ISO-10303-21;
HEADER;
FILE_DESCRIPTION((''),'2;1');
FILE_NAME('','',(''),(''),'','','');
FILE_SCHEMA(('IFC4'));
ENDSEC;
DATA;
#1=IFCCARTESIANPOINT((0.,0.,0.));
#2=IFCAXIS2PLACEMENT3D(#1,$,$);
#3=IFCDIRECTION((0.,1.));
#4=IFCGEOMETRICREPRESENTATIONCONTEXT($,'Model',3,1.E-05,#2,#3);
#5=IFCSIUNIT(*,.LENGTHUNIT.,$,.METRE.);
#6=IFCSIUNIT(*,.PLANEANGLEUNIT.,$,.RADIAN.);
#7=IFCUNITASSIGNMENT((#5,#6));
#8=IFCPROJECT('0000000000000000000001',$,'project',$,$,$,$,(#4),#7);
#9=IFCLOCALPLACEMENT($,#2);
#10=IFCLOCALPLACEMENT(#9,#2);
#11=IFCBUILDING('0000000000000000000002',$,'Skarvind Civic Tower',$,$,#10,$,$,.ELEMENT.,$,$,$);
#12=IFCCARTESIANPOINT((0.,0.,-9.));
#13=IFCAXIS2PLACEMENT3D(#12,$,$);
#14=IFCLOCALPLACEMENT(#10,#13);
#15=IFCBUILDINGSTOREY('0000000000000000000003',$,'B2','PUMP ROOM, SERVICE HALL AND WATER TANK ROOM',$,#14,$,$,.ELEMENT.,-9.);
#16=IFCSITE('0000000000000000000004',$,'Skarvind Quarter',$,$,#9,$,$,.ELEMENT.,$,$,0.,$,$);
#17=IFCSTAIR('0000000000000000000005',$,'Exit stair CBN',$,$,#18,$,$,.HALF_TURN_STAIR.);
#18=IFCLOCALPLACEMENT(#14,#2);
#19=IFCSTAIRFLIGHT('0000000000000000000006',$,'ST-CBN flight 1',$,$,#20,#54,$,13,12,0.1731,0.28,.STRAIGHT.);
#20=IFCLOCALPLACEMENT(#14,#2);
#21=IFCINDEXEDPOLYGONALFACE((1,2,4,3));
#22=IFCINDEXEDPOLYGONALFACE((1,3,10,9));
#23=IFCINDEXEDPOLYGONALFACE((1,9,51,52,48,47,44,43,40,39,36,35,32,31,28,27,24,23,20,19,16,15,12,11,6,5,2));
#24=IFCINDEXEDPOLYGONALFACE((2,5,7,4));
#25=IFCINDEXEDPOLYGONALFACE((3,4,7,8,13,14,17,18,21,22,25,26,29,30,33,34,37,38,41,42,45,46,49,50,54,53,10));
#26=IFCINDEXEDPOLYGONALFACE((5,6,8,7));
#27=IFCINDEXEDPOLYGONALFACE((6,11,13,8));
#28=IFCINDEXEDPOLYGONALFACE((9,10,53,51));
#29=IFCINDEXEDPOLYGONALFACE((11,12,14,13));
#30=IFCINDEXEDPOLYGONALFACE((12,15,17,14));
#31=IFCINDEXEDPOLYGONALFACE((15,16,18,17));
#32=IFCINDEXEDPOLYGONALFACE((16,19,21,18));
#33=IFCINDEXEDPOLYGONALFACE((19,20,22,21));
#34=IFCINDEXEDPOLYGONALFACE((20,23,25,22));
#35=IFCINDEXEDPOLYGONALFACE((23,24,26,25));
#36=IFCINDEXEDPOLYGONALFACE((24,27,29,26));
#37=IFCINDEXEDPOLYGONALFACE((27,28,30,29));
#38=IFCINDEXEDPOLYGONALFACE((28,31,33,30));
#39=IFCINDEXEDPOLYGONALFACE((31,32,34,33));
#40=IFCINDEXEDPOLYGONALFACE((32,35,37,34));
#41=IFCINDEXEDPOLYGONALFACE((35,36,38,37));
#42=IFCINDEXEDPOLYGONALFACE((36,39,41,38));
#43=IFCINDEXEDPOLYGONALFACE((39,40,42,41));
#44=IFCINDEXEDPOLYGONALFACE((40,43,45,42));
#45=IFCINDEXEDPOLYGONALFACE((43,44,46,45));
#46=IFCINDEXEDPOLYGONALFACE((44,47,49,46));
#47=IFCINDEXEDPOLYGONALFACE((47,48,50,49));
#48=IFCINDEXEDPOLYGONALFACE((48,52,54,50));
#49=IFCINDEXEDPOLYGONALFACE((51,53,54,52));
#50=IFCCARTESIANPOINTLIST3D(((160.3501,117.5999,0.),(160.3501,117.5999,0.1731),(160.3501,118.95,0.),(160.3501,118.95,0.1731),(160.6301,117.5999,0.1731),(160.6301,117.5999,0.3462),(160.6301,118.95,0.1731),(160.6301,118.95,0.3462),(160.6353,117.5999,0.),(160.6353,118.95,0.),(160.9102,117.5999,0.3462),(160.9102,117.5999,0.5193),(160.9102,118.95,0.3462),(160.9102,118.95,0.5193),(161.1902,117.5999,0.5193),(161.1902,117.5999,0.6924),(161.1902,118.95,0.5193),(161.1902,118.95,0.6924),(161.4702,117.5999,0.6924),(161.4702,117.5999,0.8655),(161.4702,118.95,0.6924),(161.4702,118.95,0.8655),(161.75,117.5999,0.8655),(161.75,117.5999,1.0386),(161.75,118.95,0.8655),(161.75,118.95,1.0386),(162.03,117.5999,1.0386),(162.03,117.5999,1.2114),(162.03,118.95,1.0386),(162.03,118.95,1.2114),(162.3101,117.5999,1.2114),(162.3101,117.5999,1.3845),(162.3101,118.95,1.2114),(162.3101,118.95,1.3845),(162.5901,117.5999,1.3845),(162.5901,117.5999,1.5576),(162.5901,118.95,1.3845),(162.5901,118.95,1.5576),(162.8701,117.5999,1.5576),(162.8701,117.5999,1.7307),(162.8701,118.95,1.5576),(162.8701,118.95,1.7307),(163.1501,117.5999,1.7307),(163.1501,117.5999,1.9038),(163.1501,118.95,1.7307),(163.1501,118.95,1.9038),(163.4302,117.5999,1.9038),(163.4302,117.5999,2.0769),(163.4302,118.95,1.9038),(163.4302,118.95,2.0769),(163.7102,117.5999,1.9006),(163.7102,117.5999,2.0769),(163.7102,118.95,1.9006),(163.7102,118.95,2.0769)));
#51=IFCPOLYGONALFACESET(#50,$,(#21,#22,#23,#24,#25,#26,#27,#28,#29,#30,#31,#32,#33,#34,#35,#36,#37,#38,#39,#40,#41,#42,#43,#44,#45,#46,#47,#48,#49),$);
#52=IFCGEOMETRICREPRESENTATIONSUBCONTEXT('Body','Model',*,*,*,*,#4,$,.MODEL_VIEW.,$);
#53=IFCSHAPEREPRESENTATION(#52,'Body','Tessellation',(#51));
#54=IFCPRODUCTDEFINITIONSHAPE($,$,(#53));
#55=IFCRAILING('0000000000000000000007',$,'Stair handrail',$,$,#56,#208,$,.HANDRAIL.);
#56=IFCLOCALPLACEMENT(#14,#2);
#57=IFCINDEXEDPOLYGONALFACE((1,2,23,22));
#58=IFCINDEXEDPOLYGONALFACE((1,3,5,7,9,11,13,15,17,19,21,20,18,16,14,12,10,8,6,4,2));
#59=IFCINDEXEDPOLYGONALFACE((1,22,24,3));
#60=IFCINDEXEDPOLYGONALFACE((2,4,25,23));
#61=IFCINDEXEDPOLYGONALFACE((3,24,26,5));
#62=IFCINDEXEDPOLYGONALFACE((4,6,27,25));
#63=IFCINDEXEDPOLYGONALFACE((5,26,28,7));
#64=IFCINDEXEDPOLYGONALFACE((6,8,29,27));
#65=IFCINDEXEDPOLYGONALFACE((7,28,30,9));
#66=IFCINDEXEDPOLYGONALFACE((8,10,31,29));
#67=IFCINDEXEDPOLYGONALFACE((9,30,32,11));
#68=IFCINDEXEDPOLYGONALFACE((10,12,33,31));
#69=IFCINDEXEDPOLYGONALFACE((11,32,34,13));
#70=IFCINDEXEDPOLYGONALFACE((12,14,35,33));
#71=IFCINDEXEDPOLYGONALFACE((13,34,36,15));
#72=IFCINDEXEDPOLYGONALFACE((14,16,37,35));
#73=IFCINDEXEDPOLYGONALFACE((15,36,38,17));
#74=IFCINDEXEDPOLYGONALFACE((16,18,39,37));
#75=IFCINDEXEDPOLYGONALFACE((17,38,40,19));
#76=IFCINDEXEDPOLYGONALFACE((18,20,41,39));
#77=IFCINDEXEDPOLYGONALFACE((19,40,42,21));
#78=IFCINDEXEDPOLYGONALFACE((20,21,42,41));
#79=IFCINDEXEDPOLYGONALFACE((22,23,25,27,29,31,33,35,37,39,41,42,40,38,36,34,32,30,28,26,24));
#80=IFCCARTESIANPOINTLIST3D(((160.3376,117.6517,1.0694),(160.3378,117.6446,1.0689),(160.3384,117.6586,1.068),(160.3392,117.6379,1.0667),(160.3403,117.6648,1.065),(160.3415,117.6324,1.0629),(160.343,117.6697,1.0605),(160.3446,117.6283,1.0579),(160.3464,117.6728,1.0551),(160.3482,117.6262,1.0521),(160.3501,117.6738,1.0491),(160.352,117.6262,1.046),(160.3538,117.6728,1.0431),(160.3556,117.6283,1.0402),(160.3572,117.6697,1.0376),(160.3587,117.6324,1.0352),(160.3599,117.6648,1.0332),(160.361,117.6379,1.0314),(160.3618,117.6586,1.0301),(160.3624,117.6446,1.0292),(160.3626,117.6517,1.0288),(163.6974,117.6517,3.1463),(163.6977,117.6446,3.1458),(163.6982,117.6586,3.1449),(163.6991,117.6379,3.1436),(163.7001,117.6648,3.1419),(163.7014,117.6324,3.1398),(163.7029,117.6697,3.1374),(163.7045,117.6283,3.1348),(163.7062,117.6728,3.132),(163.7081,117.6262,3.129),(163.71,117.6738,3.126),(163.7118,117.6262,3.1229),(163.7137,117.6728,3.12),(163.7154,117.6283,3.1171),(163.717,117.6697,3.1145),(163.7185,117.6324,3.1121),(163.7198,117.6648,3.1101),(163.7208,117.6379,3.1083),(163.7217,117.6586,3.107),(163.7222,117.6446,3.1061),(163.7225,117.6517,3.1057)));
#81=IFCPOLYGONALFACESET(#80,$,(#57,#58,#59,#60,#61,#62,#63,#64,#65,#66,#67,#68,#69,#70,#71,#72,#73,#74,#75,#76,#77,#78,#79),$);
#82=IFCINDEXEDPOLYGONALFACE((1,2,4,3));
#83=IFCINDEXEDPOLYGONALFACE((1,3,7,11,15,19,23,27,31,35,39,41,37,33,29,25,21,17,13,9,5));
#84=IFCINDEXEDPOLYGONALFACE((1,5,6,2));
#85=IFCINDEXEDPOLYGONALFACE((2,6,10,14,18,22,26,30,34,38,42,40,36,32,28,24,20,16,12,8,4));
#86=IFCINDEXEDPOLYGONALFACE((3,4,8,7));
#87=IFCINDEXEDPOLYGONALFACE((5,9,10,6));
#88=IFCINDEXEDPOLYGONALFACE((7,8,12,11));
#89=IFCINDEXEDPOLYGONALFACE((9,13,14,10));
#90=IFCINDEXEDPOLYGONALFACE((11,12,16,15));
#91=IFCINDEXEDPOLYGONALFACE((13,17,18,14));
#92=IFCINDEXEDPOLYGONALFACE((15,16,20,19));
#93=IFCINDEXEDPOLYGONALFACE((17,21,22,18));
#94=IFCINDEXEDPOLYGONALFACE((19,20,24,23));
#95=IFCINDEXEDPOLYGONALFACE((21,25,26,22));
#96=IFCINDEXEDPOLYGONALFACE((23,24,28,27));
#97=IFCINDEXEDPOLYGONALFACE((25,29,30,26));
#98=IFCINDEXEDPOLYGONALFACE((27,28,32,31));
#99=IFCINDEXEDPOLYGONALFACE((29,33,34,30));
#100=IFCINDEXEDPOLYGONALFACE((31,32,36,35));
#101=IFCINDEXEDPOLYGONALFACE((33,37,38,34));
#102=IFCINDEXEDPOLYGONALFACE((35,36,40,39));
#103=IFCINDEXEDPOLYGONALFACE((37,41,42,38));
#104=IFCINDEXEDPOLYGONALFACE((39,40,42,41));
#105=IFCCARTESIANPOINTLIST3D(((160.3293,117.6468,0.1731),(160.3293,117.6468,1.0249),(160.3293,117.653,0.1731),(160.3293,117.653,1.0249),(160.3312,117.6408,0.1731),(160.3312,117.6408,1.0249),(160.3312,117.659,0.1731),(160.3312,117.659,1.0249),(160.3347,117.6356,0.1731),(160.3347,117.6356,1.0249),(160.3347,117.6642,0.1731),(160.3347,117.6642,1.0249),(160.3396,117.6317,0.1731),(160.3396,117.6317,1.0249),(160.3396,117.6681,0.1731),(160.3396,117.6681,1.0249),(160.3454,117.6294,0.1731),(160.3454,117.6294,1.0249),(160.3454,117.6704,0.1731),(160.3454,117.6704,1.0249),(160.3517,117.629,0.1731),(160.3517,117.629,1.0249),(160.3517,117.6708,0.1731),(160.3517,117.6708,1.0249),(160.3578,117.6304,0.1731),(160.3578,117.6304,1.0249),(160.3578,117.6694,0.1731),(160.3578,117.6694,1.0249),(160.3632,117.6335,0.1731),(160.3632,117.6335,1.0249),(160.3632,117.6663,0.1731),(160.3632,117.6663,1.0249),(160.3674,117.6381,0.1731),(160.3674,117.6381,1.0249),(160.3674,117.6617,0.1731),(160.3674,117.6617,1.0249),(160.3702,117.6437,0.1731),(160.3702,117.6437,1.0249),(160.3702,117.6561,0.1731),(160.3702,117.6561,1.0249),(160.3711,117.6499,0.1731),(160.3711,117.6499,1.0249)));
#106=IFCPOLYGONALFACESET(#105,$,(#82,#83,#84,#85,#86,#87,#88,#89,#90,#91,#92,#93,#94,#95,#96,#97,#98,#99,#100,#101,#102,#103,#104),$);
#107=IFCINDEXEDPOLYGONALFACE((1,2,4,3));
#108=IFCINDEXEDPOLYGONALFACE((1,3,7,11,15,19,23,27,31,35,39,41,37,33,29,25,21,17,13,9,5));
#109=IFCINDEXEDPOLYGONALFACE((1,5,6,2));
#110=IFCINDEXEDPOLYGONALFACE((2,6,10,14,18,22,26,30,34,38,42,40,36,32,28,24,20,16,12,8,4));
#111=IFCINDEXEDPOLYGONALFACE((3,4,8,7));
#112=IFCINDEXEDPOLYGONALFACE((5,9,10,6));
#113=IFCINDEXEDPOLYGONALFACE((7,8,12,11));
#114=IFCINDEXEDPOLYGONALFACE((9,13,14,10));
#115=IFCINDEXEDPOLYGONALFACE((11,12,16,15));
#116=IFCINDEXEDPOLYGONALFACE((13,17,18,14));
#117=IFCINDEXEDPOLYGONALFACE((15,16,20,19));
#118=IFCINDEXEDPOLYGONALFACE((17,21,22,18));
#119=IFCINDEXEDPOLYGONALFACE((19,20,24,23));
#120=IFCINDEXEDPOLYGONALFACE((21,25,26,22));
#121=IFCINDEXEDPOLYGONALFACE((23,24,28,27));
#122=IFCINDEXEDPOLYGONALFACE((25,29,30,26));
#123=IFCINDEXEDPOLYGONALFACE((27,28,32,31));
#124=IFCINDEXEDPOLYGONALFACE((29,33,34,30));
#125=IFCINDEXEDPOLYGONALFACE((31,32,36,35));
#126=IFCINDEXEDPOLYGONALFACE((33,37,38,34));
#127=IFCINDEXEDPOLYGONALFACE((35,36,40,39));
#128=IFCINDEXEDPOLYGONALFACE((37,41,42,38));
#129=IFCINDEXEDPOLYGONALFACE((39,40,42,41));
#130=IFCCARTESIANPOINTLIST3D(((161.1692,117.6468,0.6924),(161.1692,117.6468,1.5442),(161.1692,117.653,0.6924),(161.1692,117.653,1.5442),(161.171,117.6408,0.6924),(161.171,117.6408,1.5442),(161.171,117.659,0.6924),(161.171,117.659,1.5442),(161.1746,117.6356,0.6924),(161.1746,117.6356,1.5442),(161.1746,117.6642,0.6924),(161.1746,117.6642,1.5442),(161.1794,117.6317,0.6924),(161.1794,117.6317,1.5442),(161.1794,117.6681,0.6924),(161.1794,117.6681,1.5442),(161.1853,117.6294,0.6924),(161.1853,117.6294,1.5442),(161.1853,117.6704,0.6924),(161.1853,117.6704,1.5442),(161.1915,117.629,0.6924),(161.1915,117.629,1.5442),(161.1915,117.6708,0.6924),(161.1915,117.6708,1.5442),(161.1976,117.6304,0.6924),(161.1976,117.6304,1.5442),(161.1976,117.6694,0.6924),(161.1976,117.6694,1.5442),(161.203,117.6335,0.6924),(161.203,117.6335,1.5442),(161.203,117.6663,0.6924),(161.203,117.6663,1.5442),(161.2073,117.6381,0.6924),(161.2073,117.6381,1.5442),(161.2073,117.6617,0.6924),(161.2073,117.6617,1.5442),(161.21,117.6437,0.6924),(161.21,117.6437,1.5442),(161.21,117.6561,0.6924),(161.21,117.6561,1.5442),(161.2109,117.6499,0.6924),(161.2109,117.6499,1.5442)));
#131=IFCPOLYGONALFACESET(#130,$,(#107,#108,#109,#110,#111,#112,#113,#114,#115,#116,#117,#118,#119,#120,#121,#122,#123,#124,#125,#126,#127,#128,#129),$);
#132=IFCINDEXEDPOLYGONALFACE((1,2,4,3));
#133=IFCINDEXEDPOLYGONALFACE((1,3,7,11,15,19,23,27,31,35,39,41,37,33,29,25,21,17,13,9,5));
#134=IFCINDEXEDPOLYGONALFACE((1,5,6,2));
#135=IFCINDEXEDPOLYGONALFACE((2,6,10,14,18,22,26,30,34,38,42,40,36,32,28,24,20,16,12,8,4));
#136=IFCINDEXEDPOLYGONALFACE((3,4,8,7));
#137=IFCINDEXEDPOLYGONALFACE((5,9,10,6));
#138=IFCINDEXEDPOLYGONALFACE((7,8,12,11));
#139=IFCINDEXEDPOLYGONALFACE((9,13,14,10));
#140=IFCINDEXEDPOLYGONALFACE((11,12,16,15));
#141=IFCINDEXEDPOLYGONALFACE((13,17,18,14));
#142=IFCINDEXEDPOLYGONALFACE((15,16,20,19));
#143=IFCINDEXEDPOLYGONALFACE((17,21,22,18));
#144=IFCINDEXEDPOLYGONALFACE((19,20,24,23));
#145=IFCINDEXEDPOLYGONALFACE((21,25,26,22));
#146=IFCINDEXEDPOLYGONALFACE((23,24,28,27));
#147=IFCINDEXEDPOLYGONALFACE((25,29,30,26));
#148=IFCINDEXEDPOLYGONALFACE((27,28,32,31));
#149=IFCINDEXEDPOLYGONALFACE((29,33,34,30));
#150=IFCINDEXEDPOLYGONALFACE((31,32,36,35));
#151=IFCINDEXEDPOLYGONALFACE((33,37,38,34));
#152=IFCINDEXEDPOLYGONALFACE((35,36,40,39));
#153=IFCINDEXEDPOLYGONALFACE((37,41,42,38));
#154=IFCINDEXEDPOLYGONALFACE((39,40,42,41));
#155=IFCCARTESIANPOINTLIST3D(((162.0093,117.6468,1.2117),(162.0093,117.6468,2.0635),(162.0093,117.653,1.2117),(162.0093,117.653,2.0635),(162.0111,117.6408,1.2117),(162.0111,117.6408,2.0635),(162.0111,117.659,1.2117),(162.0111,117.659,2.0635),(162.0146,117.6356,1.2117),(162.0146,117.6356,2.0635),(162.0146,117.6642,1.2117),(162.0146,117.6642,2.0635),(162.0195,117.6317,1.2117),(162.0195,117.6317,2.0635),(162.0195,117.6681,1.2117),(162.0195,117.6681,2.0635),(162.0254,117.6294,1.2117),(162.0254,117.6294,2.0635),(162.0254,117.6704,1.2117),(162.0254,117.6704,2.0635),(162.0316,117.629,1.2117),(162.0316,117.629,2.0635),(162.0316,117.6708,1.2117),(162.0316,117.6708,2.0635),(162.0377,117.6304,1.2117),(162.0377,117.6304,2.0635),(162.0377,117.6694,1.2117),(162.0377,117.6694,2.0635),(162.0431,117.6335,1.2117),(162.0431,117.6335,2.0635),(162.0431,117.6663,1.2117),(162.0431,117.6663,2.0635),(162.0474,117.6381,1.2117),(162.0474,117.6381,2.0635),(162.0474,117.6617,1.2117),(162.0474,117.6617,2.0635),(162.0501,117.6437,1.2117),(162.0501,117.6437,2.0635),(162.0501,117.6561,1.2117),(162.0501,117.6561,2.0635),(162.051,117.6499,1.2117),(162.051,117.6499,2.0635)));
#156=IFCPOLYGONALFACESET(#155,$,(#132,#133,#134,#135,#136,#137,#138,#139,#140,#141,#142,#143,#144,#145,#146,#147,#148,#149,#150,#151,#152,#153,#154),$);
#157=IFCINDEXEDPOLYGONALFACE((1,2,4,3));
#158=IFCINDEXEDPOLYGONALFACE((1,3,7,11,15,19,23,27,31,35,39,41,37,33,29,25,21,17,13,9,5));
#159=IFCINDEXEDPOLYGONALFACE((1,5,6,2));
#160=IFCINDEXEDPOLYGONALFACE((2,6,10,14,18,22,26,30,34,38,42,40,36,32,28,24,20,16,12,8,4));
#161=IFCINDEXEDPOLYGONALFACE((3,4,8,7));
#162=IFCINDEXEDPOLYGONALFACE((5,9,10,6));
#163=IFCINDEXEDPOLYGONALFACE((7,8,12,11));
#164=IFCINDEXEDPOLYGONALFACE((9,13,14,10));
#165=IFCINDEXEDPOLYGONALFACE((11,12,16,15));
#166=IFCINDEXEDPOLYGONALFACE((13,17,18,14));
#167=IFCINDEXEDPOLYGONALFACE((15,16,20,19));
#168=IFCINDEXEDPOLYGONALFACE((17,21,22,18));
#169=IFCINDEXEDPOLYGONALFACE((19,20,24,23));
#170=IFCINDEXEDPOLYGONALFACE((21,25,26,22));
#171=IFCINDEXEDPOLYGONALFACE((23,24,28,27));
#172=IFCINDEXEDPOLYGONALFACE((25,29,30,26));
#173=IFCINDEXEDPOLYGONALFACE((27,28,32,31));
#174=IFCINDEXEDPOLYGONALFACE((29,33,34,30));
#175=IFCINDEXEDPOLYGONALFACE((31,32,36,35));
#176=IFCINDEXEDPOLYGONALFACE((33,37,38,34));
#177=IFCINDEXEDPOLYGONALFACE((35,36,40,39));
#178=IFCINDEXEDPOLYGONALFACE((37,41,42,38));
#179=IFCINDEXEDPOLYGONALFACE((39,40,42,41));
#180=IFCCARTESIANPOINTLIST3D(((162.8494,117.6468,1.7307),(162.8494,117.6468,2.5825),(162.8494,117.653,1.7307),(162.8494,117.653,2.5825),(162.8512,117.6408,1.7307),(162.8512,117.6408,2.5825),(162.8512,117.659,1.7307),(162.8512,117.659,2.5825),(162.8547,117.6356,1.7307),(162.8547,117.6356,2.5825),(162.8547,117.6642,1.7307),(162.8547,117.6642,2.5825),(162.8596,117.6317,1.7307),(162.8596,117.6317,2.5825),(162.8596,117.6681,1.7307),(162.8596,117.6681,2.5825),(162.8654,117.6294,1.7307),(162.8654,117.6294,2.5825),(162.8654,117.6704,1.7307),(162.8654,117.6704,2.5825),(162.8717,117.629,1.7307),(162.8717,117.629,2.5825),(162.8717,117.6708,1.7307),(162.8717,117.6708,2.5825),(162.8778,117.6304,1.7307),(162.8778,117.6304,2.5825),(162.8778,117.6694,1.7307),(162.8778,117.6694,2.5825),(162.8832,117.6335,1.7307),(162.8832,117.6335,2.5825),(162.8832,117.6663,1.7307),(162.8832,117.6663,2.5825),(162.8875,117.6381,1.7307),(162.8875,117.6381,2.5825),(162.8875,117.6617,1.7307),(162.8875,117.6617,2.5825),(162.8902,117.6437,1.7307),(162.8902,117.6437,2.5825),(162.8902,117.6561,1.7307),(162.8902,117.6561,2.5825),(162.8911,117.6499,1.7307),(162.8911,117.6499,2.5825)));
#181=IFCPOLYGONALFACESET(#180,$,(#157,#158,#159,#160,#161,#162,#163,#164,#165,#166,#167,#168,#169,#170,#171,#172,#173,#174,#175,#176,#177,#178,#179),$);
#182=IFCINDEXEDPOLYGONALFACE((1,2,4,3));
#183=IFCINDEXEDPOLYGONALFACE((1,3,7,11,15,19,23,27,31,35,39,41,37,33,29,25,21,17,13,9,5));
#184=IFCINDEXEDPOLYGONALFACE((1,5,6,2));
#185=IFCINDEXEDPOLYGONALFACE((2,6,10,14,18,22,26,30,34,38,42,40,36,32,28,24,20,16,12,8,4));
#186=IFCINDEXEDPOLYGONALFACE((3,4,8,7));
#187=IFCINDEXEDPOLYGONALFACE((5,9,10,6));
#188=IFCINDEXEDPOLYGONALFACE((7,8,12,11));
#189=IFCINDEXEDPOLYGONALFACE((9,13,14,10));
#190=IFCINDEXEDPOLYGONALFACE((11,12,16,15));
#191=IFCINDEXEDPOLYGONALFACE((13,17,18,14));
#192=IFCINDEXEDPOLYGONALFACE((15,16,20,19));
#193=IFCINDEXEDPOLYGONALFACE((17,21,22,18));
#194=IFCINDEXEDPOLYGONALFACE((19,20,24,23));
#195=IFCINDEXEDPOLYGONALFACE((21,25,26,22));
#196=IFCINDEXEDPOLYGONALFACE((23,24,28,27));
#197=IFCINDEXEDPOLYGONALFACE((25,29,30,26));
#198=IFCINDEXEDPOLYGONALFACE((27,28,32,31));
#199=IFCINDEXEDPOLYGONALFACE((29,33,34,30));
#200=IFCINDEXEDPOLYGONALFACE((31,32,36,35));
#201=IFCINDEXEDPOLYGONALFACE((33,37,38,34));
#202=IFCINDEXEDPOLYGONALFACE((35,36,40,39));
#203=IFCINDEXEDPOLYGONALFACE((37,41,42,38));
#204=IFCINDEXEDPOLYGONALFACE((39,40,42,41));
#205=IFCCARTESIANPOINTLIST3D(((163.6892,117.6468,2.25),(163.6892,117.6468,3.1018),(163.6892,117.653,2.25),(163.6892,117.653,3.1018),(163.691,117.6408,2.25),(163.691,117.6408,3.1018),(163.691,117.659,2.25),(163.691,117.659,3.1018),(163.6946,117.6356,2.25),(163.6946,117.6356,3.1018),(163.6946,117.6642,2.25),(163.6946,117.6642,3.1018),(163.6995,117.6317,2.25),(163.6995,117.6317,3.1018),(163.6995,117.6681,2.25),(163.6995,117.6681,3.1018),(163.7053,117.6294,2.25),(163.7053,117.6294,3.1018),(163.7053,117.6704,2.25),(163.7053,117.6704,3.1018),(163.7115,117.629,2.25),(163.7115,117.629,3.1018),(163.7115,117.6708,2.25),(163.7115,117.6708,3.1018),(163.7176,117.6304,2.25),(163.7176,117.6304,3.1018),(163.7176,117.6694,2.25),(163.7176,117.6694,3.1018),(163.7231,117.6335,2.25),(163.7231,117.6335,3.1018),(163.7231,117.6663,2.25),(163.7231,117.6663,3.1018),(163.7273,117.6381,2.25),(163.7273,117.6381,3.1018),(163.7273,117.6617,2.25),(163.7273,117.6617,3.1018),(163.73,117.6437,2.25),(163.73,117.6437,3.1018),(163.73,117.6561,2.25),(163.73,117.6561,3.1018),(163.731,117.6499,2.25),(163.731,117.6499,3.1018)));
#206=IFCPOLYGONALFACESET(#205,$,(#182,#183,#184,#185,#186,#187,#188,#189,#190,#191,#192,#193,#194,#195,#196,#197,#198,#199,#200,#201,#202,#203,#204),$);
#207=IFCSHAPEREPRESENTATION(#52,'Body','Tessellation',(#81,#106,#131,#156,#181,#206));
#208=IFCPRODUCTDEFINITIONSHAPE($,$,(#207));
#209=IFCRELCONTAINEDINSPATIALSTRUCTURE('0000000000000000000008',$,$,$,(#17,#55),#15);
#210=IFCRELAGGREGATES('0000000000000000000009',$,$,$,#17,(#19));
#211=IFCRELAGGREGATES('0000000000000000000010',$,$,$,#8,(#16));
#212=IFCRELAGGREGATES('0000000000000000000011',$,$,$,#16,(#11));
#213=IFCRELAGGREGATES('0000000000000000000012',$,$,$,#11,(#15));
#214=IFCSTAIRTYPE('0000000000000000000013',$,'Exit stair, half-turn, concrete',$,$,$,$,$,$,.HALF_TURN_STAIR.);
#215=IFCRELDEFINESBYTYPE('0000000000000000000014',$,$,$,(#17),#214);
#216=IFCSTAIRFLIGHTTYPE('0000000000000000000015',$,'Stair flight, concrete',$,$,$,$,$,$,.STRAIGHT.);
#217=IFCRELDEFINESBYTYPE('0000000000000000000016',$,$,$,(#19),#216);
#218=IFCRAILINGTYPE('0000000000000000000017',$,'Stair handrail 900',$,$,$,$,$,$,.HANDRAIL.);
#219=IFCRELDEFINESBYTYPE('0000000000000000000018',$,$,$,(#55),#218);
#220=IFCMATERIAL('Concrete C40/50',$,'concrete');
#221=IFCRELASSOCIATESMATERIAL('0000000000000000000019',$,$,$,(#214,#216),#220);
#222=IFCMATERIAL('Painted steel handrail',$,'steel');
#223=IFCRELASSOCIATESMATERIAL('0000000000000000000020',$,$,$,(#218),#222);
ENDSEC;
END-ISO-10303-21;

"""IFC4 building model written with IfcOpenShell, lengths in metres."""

from ifc_helpers import new_model, si_unit, direction, frame, origin, origin_2d, place, context, subcontext, project, spatial, polyline, circle, outline, extrude, material, type_object, element, aggregate, save


model = new_model("IFC4")

# Units and contexts
model_context = context("Model", 3, precision=1e-05, world=origin(), true_north=direction((0.0, 1.0)))
body_context = subcontext(model_context, "Body", "Model", "MODEL_VIEW")
ifc_project = project(units=[si_unit("LENGTHUNIT", "METRE"), si_unit("PLANEANGLEUNIT", "RADIAN")], contexts=[model_context])

# Site, building, storey
site_placement = place(None, origin())
site = spatial("IfcSite", under=ifc_project, at=site_placement, Name="Skarvind Quarter", CompositionType="ELEMENT", RefElevation=0.0)
building_placement = place(site_placement, origin())
building = spatial("IfcBuilding", under=site, at=building_placement, Name="Skarvind Civic Tower", CompositionType="ELEMENT")
storey_placement = place(building_placement, frame((0.0, 0.0, -9.0)))
storey = spatial("IfcBuildingStorey", under=building, at=storey_placement, Name="B2", Description="PUMP ROOM, SERVICE HALL AND WATER TANK ROOM", CompositionType="ELEMENT", Elevation=-9.0)

# Stair, stair flight
ifc_material_1 = material(Name="Concrete C40/50", Category="concrete")
stair_type = type_object("IfcStairType", Name="Exit stair, half-turn, concrete", PredefinedType="HALF_TURN_STAIR", material=ifc_material_1)
stair_placement = place(storey_placement, origin())
stair = element("IfcStair", 1, at=stair_placement, inside=storey, type_object=stair_type, Name="Exit stair CBN", PredefinedType="HALF_TURN_STAIR")
stair_flight_type = type_object("IfcStairFlightType", Name="Stair flight, concrete", PredefinedType="STRAIGHT", material=ifc_material_1)
stair_flight_placement = place(storey_placement, frame((160.3501, 118.2749, 0.0), z_axis=(0.0, 0.0, 1.0), x_axis=(1.0, 0.0, 0.0)))
stair_flight = element("IfcStairFlight", 2, at=stair_flight_placement, type_object=stair_flight_type, Name="ST-CBN flight 1", NumberOfRisers=13, NumberOfTreads=12, PredefinedType="STRAIGHT", RiserHeight=0.1731, TreadLength=0.28, context=body_context, shape_type="SweptSolid", body=[
    extrude(outline(polyline([(0.0, 0.0), (0.0, 0.1731), (0.28, 0.1731), (0.28, 0.3462), (0.5601, 0.3462), (0.5601, 0.5193), (0.8401, 0.5193), (0.8401, 0.6924), (1.1201, 0.6924), (1.1201, 0.8655), (1.3999, 0.8655), (1.3999, 1.0386), (1.6799, 1.0386), (1.6799, 1.2114), (1.96, 1.2114), (1.96, 1.3845), (2.24, 1.3845), (2.24, 1.5576), (2.52, 1.5576), (2.52, 1.7307), (2.8, 1.7307), (2.8, 1.9038), (3.0801, 1.9038), (3.0801, 2.0769), (3.3601, 2.0769), (3.3601, 2.25), (3.3601, 1.9006), (0.2852, 0.0), (0.0, 0.0)])), frame((0.0, 0.675, 0.0), z_axis=(0.0, -1.0, 0.0), x_axis=(1.0, 0.0, 0.0)), (0.0, 0.0, 1.0), 1.3501),
])
aggregate(stair, [stair_flight])

# Railing
ifc_material_2 = material(Name="Painted steel handrail", Category="steel")
railing_type = type_object("IfcRailingType", Name="Stair handrail 900", PredefinedType="HANDRAIL", material=ifc_material_2)
railing_placement = place(storey_placement, frame((160.3501, 117.6499, 0.1731)))
element("IfcRailing", 3, at=railing_placement, inside=storey, type_object=railing_type, Name="Stair handrail", PredefinedType="HANDRAIL", context=body_context, shape_type="SweptSolid", body=[
    extrude(circle(Radius=0.0239, at=origin_2d()), frame((0.0, 0.0, 0.876), z_axis=(0.850606, 0.0, 0.525803), x_axis=(0.0, 1.0, 0.0)), (0.0, 0.0, 1.0), 3.95),
    extrude(circle(Radius=0.021, at=origin_2d()), origin(), (0.0, 0.0, 1.0), 0.8518),
    extrude(circle(Radius=0.021, at=origin_2d()), frame((0.8398, 0.0, 0.5193)), (0.0, 0.0, 1.0), 0.8518),
    extrude(circle(Radius=0.021, at=origin_2d()), frame((1.6799, 0.0, 1.0386)), (0.0, 0.0, 1.0), 0.8518),
    extrude(circle(Radius=0.021, at=origin_2d()), frame((2.52, 0.0, 1.5576)), (0.0, 0.0, 1.0), 0.8518),
    extrude(circle(Radius=0.021, at=origin_2d()), frame((3.3599, 0.0, 2.0769)), (0.0, 0.0, 1.0), 0.8518),
])

save(model, "model.ifc")
